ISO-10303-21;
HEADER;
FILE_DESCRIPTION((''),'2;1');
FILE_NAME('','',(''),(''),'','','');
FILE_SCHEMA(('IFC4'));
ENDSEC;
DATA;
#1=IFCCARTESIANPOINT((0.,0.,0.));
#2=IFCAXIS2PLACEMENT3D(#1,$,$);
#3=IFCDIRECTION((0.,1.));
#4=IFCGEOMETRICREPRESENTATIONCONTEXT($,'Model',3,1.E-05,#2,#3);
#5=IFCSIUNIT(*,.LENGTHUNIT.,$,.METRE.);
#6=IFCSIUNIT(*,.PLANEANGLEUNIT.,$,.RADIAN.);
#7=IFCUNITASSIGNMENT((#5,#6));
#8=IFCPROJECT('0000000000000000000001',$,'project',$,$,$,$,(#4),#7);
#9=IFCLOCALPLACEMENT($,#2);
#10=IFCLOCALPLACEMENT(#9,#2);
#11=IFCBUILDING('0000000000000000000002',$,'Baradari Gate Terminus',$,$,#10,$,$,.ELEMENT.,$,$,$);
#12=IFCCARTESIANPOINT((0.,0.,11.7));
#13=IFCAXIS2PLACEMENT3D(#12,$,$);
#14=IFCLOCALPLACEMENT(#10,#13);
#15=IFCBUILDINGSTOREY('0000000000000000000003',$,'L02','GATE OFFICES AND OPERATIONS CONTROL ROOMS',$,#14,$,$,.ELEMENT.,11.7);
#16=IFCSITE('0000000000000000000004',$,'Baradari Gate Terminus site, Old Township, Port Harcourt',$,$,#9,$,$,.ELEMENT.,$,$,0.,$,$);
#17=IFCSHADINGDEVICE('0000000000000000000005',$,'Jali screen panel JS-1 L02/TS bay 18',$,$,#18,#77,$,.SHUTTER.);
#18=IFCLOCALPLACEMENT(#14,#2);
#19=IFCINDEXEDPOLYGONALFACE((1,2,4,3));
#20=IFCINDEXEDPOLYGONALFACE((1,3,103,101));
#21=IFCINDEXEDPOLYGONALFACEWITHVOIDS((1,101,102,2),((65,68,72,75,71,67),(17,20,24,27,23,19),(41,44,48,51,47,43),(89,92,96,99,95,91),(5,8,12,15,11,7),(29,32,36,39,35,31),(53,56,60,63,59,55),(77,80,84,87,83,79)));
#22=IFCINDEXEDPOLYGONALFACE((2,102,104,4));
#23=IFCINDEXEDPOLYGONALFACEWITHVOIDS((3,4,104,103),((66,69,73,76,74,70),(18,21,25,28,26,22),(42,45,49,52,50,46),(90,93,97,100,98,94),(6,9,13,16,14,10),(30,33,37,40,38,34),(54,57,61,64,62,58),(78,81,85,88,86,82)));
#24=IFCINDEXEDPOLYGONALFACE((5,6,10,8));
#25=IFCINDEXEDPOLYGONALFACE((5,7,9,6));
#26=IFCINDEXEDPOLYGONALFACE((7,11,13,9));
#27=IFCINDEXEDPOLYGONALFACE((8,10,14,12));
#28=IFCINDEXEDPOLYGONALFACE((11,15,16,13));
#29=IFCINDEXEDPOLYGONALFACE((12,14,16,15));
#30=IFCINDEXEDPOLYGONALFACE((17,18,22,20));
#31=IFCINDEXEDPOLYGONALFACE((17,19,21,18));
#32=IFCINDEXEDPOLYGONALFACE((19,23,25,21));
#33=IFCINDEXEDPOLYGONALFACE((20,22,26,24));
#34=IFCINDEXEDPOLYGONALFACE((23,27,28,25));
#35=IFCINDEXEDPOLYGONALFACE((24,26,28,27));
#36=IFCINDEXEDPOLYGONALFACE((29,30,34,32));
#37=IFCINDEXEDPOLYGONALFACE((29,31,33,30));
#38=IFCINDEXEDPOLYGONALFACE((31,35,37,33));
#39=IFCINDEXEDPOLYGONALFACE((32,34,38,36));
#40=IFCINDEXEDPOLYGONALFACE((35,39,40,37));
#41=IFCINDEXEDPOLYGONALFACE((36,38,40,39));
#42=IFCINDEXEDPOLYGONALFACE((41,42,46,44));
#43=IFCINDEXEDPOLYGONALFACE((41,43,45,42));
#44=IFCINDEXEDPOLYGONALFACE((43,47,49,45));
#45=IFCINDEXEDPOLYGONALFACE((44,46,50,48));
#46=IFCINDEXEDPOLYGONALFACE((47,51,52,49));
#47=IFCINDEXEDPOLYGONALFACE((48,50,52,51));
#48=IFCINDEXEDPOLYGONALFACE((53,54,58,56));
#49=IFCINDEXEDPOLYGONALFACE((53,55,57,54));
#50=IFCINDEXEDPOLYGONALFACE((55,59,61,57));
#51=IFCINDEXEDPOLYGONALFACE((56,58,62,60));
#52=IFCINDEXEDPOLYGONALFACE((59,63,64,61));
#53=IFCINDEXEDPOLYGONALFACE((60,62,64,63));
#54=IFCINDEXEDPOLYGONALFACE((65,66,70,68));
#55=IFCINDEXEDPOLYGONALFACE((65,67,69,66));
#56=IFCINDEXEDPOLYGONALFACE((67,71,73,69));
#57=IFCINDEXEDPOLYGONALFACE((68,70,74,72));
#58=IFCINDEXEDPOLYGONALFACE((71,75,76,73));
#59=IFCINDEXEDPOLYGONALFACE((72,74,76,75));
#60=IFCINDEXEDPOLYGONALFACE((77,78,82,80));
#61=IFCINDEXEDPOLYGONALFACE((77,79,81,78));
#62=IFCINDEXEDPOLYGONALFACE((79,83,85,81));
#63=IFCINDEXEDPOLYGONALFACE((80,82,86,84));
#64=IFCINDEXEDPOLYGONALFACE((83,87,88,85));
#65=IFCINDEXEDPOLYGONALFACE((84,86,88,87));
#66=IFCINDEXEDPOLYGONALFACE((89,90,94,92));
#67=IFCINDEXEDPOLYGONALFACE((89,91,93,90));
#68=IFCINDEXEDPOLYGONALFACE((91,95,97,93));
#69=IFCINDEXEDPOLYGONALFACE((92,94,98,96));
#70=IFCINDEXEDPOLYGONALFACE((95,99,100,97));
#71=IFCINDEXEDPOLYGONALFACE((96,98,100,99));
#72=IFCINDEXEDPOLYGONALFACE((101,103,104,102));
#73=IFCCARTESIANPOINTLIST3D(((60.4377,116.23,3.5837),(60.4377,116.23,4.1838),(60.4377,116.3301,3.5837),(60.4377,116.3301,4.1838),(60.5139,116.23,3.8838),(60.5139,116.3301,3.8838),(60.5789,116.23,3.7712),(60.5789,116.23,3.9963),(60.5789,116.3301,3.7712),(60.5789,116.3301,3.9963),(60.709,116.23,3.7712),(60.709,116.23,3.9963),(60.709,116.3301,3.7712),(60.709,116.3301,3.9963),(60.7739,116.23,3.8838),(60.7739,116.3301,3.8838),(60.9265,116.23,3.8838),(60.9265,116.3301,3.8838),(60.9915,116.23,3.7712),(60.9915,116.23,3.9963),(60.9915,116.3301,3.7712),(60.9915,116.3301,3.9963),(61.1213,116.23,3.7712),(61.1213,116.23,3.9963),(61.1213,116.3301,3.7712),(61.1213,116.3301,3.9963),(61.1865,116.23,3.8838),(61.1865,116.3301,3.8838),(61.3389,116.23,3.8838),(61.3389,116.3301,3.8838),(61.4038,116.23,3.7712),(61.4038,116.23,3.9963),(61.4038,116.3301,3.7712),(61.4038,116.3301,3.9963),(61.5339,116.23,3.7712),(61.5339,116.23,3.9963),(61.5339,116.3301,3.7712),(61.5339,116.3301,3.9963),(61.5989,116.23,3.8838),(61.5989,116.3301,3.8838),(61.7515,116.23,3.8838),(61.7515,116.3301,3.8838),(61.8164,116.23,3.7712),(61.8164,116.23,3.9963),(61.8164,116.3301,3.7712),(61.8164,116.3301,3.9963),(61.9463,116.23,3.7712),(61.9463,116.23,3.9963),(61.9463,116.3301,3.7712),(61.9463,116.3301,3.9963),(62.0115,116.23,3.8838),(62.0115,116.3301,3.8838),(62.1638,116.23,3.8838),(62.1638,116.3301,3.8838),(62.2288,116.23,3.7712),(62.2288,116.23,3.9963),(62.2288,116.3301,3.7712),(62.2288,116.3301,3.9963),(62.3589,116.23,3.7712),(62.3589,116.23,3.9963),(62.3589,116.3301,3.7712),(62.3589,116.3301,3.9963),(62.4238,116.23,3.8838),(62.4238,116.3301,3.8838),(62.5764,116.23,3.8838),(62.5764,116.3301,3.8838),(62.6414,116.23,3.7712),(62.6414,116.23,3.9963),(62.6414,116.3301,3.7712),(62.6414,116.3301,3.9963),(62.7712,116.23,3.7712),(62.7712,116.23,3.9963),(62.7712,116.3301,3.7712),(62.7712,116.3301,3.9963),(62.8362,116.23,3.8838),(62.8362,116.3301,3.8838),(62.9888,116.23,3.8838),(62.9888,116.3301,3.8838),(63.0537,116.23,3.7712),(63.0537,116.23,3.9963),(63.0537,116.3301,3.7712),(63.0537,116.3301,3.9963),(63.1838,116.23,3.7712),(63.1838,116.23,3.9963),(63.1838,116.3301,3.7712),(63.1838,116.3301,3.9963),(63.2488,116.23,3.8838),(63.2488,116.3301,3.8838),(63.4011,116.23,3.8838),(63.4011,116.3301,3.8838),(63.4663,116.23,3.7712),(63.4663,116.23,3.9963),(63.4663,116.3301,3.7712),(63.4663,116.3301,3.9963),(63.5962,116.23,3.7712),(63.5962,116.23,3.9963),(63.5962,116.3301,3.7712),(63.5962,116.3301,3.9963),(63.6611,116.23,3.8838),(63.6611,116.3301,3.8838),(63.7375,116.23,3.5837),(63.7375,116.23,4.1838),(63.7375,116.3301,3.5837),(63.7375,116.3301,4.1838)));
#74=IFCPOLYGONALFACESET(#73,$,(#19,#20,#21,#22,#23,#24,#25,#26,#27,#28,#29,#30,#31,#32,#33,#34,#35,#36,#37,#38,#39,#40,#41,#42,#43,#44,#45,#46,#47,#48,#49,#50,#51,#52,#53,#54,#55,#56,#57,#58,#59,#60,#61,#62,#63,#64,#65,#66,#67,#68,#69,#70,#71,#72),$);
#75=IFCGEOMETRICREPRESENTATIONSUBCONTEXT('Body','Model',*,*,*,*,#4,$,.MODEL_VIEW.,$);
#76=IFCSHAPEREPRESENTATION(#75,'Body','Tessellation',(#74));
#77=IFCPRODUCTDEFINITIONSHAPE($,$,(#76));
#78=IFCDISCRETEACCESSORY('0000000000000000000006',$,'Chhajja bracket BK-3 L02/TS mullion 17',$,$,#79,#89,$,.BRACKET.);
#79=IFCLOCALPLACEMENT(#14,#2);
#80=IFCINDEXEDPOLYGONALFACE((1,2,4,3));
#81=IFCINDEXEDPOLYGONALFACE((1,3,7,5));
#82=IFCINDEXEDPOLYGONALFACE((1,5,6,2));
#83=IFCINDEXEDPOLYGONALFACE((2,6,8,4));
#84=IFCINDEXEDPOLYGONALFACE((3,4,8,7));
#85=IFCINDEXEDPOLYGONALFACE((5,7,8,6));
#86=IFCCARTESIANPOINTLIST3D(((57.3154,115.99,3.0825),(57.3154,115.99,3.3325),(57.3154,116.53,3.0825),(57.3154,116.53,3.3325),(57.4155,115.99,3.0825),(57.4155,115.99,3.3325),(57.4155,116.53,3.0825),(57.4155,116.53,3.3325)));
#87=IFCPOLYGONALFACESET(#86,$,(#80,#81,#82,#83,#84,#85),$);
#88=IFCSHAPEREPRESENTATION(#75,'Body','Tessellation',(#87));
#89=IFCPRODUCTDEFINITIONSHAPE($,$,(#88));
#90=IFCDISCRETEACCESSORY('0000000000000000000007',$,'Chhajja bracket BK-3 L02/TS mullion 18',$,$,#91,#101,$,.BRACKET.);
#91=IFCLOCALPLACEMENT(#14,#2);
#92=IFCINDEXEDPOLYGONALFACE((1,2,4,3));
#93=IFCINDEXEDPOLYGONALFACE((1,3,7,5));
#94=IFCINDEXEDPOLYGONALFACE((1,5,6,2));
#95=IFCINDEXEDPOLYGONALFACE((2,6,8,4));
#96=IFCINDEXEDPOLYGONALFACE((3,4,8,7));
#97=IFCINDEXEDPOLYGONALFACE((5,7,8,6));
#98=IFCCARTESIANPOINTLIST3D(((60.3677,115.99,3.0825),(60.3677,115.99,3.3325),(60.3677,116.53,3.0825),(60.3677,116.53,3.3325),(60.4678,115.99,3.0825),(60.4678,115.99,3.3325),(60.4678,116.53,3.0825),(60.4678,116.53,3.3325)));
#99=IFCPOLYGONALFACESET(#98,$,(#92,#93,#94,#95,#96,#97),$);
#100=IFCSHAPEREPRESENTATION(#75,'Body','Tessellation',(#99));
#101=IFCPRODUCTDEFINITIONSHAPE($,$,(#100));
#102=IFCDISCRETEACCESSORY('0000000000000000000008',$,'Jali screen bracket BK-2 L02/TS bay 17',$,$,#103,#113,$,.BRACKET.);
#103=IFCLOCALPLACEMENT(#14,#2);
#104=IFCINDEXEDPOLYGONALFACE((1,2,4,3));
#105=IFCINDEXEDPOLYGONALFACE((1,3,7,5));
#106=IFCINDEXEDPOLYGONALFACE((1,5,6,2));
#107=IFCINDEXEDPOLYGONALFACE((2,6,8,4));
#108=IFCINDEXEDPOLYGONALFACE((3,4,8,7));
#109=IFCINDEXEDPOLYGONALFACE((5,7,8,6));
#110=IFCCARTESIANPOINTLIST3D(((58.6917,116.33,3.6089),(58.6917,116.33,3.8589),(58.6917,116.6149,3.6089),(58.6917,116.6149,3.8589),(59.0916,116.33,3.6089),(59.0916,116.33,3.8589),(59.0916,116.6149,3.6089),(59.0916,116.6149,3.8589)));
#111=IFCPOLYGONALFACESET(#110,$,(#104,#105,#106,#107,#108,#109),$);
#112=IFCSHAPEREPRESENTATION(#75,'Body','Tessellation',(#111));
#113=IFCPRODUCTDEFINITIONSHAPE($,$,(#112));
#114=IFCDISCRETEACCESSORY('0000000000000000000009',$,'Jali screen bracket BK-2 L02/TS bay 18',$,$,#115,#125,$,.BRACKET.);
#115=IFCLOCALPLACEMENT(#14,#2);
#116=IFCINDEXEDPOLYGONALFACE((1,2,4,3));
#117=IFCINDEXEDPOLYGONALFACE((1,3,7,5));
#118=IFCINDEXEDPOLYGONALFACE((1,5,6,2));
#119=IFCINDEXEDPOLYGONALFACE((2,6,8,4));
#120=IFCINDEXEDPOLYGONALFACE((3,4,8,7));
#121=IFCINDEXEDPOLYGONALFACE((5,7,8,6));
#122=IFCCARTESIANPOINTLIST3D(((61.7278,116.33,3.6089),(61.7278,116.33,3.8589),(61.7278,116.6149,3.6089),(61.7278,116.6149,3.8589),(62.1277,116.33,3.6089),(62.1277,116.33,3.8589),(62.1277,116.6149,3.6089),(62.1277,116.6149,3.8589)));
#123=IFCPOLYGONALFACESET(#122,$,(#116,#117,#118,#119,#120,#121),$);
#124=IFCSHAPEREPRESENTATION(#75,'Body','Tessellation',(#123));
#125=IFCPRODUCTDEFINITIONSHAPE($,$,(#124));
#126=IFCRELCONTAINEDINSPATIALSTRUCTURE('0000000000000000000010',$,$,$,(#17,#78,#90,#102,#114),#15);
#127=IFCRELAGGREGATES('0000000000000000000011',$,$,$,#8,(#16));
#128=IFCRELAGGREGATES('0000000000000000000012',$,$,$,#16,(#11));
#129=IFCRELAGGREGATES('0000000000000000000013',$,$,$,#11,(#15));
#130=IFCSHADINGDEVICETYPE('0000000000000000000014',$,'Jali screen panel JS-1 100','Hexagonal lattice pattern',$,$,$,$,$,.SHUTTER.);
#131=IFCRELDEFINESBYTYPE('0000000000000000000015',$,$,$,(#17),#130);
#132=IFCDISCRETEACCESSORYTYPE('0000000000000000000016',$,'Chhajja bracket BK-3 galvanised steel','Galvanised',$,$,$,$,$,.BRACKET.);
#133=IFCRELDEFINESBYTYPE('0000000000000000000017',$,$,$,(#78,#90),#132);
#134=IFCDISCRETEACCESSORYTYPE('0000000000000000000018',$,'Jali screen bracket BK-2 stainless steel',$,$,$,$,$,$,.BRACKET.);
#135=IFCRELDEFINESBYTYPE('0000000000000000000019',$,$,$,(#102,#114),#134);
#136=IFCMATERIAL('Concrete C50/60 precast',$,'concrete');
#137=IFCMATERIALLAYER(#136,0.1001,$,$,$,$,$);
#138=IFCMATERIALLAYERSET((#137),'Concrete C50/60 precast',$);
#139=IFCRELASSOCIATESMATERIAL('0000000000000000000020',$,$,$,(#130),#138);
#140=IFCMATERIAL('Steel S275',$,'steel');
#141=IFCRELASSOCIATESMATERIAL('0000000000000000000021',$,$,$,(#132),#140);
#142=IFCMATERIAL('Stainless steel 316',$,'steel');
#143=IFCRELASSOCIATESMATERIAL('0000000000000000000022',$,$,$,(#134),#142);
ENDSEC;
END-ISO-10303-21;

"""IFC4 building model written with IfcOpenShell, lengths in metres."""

from ifc_helpers import new_model, si_unit, direction, frame, origin, origin_2d, place, context, subcontext, project, spatial, polyline, rectangle, outline, extrude, material, layer, layer_set, type_object, element, save


model = new_model("IFC4")

# Units and contexts
model_context = context("Model", 3, precision=1e-05, world=origin(), true_north=direction((0.0, 1.0)))
body_context = subcontext(model_context, "Body", "Model", "MODEL_VIEW")
ifc_project = project(units=[si_unit("LENGTHUNIT", "METRE"), si_unit("PLANEANGLEUNIT", "RADIAN")], contexts=[model_context])

# Site, building, storey
site_placement = place(None, origin())
site = spatial("IfcSite", under=ifc_project, at=site_placement, Name="Baradari Gate Terminus site, Old Township, Port Harcourt", CompositionType="ELEMENT", RefElevation=0.0)
building_placement = place(site_placement, origin())
building = spatial("IfcBuilding", under=site, at=building_placement, Name="Baradari Gate Terminus", CompositionType="ELEMENT")
storey_placement = place(building_placement, frame((0.0, 0.0, 11.7)))
storey = spatial("IfcBuildingStorey", under=building, at=storey_placement, Name="L02", Description="GATE OFFICES AND OPERATIONS CONTROL ROOMS", CompositionType="ELEMENT", Elevation=11.7)

# Shading device
ifc_material_1 = material(Name="Concrete C50/60 precast", Category="concrete")
ifc_layer_1 = layer(ifc_material_1, 0.1001)
ifc_layer_set_1 = layer_set([ifc_layer_1], Name="Concrete C50/60 precast")
shading_device_type_1 = type_object("IfcShadingDeviceType", Name="Jali screen panel JS-1 100", Description="Hexagonal lattice pattern", PredefinedType="SHUTTER", material=ifc_layer_set_1)
shading_device_1_placement = place(storey_placement, frame((60.4377, 116.28, 3.5837), z_axis=(0.0, 0.0, 1.0), x_axis=(1.0, 0.0, 0.0)))
element("IfcShadingDevice", 1, at=shading_device_1_placement, inside=storey, type_object=shading_device_type_1, Name="Jali screen panel JS-1 L02/TS bay 18", PredefinedType="SHUTTER", context=body_context, shape_type="SweptSolid", body=[
    extrude(outline(polyline([(0.0, 0.0), (3.2998, 0.0), (3.2998, 0.6001), (0.0, 0.6001), (0.0, 0.0)]), holes=[polyline([(0.3362, 0.3), (0.2712, 0.1875), (0.1411, 0.1875), (0.0762, 0.3), (0.1411, 0.4126), (0.2712, 0.4126), (0.3362, 0.3)]), polyline([(0.7488, 0.3), (0.6836, 0.1875), (0.5537, 0.1875), (0.4888, 0.3), (0.5537, 0.4126), (0.6836, 0.4126), (0.7488, 0.3)]), polyline([(1.1611, 0.3), (1.0962, 0.1875), (0.9661, 0.1875), (0.9011, 0.3), (0.9661, 0.4126), (1.0962, 0.4126), (1.1611, 0.3)]), polyline([(1.5737, 0.3), (1.5085, 0.1875), (1.3787, 0.1875), (1.3137, 0.3), (1.3787, 0.4126), (1.5085, 0.4126), (1.5737, 0.3)]), polyline([(1.9861, 0.3), (1.9211, 0.1875), (1.791, 0.1875), (1.7261, 0.3), (1.791, 0.4126), (1.9211, 0.4126), (1.9861, 0.3)]), polyline([(2.3984, 0.3), (2.3335, 0.1875), (2.2036, 0.1875), (2.1387, 0.3), (2.2036, 0.4126), (2.3335, 0.4126), (2.3984, 0.3)]), polyline([(2.811, 0.3), (2.7461, 0.1875), (2.616, 0.1875), (2.551, 0.3), (2.616, 0.4126), (2.7461, 0.4126), (2.811, 0.3)]), polyline([(3.2234, 0.3), (3.1584, 0.1875), (3.0286, 0.1875), (2.9634, 0.3), (3.0286, 0.4126), (3.1584, 0.4126), (3.2234, 0.3)])]), frame((0.0, 0.05, 0.0), z_axis=(0.0, -1.0, 0.0), x_axis=(1.0, 0.0, 0.0)), (0.0, 0.0, 1.0), 0.1001),
])

# Discrete accessories
ifc_material_2 = material(Name="Steel S275", Category="steel")
discrete_accessory_type_1 = type_object("IfcDiscreteAccessoryType", Name="Chhajja bracket BK-3 galvanised steel", Description="Galvanised", PredefinedType="BRACKET", material=ifc_material_2)
for number, where, z_axis, x_axis, name in (
    (2, (57.3655, 116.26, 3.0825), (0.0, 0.0, 1.0), (0.0, -1.0, 0.0), "Chhajja bracket BK-3 L02/TS mullion 17"),
    (3, (60.4177, 116.26, 3.0825), (0.0, 0.0, 1.0), (0.0, -1.0, 0.0), "Chhajja bracket BK-3 L02/TS mullion 18"),
):
    element("IfcDiscreteAccessory", number, at=place(storey_placement, frame(where, z_axis=z_axis, x_axis=x_axis)), inside=storey, type_object=discrete_accessory_type_1, Name=name, PredefinedType="BRACKET", context=body_context, shape_type="SweptSolid", body=[
        extrude(rectangle(XDim=0.54, YDim=0.1001, at=origin_2d()), origin(), (0.0, 0.0, 1.0), 0.25),
    ])
ifc_material_3 = material(Name="Stainless steel 316", Category="steel")
discrete_accessory_type_2 = type_object("IfcDiscreteAccessoryType", Name="Jali screen bracket BK-2 stainless steel", PredefinedType="BRACKET", material=ifc_material_3)
for number, where, z_axis, x_axis, name in (
    (4, (58.8916, 116.4724, 3.6089), (0.0, 0.0, 1.0), (0.0, -1.0, 0.0), "Jali screen bracket BK-2 L02/TS bay 17"),
    (5, (61.9277, 116.4724, 3.6089), (0.0, 0.0, 1.0), (0.0, -1.0, 0.0), "Jali screen bracket BK-2 L02/TS bay 18"),
):
    element("IfcDiscreteAccessory", number, at=place(storey_placement, frame(where, z_axis=z_axis, x_axis=x_axis)), inside=storey, type_object=discrete_accessory_type_2, Name=name, PredefinedType="BRACKET", context=body_context, shape_type="SweptSolid", body=[
        extrude(rectangle(XDim=0.2849, YDim=0.3999, at=origin_2d()), origin(), (0.0, 0.0, 1.0), 0.25),
    ])

save(model, "model.ifc")
